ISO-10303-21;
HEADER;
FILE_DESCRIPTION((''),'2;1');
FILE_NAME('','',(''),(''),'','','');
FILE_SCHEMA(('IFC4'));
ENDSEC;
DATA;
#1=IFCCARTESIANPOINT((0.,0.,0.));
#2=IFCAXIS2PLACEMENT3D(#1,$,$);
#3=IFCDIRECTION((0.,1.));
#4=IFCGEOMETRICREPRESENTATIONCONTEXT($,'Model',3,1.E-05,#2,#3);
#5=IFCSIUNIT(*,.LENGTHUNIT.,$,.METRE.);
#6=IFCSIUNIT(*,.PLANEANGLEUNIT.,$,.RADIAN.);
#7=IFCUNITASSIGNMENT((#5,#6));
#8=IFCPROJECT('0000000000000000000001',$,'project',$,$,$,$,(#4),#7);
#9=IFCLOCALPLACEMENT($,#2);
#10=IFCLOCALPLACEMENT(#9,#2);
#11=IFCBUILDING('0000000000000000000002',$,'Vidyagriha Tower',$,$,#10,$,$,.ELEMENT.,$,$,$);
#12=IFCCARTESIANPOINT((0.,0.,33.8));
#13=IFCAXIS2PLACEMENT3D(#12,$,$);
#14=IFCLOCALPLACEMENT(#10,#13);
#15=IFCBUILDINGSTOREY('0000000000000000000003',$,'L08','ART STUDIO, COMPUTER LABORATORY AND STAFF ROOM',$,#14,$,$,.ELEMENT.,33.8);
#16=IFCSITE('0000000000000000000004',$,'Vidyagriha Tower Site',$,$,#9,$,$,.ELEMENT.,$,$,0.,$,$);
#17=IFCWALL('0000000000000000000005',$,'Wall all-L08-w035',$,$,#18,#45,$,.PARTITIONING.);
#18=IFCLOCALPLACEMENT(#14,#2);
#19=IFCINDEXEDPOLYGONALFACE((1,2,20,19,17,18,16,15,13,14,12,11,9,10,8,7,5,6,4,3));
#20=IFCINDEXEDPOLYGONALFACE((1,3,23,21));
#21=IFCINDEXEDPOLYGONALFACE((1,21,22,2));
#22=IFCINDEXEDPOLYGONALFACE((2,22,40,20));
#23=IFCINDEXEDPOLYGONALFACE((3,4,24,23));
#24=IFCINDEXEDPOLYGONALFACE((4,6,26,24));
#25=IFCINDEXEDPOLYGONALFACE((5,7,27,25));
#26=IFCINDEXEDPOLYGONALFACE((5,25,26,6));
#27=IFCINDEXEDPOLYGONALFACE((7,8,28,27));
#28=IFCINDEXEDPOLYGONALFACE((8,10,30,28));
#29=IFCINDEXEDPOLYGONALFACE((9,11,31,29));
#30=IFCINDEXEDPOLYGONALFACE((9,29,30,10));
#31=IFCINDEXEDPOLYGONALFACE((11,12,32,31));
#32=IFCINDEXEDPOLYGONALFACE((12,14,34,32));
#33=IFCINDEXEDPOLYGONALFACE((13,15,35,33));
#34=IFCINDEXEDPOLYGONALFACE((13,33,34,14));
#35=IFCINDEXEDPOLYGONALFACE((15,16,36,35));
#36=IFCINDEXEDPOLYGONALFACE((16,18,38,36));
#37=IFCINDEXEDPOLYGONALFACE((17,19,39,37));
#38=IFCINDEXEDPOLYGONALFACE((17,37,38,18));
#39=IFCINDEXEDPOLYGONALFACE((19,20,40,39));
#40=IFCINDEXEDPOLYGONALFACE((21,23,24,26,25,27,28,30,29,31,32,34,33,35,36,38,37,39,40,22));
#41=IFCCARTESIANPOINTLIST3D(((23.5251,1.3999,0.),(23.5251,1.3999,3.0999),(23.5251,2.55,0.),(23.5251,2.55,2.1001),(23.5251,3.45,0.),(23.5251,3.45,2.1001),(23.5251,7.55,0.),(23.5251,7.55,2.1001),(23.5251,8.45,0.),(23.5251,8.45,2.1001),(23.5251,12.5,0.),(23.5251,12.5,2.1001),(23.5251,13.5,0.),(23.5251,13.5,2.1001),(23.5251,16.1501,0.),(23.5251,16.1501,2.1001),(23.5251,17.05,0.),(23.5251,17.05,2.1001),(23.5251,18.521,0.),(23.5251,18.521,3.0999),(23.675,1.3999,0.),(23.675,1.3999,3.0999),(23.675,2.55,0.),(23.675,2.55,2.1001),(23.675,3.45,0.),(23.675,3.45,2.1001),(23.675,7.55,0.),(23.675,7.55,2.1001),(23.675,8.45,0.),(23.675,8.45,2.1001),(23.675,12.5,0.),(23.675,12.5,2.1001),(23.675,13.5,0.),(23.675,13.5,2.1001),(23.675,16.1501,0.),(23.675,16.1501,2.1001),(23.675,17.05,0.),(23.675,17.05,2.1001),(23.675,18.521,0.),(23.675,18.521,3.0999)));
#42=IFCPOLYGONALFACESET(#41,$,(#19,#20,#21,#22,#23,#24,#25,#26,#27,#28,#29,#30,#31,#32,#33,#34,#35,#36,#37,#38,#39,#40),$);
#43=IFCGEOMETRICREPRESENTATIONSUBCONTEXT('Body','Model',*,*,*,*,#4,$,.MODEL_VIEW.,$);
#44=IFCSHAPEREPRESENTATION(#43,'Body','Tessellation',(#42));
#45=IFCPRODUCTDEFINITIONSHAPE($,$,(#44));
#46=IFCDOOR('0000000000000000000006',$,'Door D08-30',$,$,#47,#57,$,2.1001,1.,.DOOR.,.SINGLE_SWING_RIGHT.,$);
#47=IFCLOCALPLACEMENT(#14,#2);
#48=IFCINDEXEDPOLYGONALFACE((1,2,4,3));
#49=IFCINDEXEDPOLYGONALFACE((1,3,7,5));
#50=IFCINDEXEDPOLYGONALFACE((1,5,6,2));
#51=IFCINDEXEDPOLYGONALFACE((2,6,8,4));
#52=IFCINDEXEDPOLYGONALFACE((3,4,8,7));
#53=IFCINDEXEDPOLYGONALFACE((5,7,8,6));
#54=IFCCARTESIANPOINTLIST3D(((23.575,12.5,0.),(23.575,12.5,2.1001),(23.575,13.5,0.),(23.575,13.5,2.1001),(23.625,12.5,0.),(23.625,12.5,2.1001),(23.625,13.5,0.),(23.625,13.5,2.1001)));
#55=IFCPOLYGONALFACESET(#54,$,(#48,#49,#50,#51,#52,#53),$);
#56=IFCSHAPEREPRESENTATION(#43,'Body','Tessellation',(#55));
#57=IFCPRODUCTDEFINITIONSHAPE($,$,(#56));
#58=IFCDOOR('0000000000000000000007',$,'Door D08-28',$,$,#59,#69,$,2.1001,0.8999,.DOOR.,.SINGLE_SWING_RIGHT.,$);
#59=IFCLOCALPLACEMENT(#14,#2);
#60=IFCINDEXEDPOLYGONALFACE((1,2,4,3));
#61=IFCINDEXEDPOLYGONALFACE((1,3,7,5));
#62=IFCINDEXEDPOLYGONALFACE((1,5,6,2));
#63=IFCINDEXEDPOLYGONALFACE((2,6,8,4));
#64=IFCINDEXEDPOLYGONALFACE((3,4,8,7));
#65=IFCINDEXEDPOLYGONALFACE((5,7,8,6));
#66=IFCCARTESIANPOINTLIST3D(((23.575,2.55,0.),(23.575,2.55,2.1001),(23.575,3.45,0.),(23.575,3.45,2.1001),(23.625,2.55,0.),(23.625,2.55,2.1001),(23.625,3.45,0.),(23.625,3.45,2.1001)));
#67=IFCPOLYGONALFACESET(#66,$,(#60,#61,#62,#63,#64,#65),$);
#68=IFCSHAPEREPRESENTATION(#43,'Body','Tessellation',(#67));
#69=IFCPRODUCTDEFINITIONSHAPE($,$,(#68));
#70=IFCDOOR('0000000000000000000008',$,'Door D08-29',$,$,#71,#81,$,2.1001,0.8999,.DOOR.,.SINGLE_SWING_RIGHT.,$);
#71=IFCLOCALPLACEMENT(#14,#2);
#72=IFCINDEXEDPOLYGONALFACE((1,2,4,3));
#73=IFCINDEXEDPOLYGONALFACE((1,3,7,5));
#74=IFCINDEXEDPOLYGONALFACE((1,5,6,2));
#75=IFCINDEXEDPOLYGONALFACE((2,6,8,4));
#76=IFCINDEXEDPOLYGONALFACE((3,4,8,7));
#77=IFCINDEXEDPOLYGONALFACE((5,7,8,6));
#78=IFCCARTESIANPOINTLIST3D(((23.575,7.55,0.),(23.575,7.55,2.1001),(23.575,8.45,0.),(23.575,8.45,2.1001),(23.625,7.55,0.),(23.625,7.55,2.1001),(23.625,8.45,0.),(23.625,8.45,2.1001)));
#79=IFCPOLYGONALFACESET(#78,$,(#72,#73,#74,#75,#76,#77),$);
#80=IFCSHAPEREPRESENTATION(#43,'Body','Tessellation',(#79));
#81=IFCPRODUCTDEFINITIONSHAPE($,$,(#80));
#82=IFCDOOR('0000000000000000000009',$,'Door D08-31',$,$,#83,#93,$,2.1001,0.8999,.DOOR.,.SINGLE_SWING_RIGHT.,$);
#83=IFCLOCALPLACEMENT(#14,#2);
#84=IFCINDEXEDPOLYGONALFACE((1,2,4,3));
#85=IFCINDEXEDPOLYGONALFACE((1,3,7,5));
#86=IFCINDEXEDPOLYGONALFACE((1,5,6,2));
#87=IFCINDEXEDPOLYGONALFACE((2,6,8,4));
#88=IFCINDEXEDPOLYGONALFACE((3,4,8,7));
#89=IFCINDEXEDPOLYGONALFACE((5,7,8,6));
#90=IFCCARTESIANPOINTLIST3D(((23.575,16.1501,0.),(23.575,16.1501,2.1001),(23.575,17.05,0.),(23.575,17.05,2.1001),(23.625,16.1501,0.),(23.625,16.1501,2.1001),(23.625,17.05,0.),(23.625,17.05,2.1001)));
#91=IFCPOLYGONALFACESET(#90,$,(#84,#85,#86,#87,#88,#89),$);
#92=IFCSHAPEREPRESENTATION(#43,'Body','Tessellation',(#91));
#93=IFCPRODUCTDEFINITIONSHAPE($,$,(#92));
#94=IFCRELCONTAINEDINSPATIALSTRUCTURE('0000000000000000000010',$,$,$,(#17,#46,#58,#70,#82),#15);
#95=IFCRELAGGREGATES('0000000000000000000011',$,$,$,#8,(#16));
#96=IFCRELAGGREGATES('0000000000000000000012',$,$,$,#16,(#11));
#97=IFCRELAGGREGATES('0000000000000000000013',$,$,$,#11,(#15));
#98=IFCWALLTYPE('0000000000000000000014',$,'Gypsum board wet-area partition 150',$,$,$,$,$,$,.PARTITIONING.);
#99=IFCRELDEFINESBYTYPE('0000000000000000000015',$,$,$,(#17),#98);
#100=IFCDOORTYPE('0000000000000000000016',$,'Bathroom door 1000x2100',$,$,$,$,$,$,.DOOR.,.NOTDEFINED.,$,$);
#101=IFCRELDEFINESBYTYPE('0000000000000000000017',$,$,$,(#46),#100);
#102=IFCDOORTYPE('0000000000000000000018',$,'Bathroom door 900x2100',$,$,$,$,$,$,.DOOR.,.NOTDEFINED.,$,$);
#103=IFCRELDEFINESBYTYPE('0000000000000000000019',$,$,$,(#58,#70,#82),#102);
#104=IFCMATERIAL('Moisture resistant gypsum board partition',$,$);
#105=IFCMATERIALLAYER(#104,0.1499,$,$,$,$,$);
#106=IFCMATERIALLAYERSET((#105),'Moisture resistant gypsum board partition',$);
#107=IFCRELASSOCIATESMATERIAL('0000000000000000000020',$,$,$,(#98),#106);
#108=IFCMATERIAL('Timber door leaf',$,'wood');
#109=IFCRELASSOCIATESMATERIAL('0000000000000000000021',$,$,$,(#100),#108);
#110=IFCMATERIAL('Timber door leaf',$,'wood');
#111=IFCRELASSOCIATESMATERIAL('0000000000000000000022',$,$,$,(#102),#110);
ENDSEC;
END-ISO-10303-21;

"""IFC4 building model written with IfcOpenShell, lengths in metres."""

from ifc_helpers import new_model, si_unit, direction, frame, frame_2d, origin, place, context, subcontext, project, spatial, rectangle, extrude, material, layer, layer_set, type_object, element, fill, save


model = new_model("IFC4")

# Units and contexts
model_context = context("Model", 3, precision=1e-05, world=origin(), true_north=direction((0.0, 1.0)))
body_context = subcontext(model_context, "Body", "Model", "MODEL_VIEW")
ifc_project = project(units=[si_unit("LENGTHUNIT", "METRE"), si_unit("PLANEANGLEUNIT", "RADIAN")], contexts=[model_context])

# Site, building, storey
site_placement = place(None, origin())
site = spatial("IfcSite", under=ifc_project, at=site_placement, Name="Vidyagriha Tower Site", CompositionType="ELEMENT", RefElevation=0.0)
building_placement = place(site_placement, origin())
building = spatial("IfcBuilding", under=site, at=building_placement, Name="Vidyagriha Tower", CompositionType="ELEMENT")
storey_placement = place(building_placement, frame((0.0, 0.0, 33.8)))
storey = spatial("IfcBuildingStorey", under=building, at=storey_placement, Name="L08", Description="ART STUDIO, COMPUTER LABORATORY AND STAFF ROOM", CompositionType="ELEMENT", Elevation=33.8)

# Wall, openings, doors
ifc_material_1 = material(Name="Moisture resistant gypsum board partition")
ifc_layer_1 = layer(ifc_material_1, 0.1499)
ifc_layer_set_1 = layer_set([ifc_layer_1], Name="Moisture resistant gypsum board partition")
wall_type_1 = type_object("IfcWallType", Name="Gypsum board wet-area partition 150", PredefinedType="PARTITIONING", material=ifc_layer_set_1)
wall_1_placement = place(storey_placement, frame((23.6001, 18.521, 0.0), z_axis=(0.0, 0.0, 1.0), x_axis=(0.0, -1.0, 0.0)))
wall_1 = element("IfcWall", 1, at=wall_1_placement, inside=storey, type_object=wall_type_1, Name="Wall all-L08-w035", PredefinedType="PARTITIONING", context=body_context, shape_type="SweptSolid", body=[
    extrude(rectangle(XDim=17.1211, YDim=0.1499, at=frame_2d((8.5605, 0.0))), origin(), (0.0, 0.0, 1.0), 3.0999),
])
opening_1_placement = place(wall_1_placement, frame((15.071, 0.0, 0.0)))
opening_1 = element("IfcOpeningElement", 2, at=opening_1_placement, cuts=wall_1, PredefinedType="OPENING", context=body_context, shape_type="SweptSolid", body=[
    extrude(rectangle(XDim=0.8999, YDim=2.1001, at=frame_2d((0.45, 1.05))), frame((0.0, 0.085, 0.0), z_axis=(0.0, -1.0, 0.0), x_axis=(1.0, 0.0, 0.0)), (0.0, 0.0, 1.0), 0.1699),
])
opening_2_placement = place(wall_1_placement, frame((10.071, 0.0, 0.0)))
opening_2 = element("IfcOpeningElement", 3, at=opening_2_placement, cuts=wall_1, PredefinedType="OPENING", context=body_context, shape_type="SweptSolid", body=[
    extrude(rectangle(XDim=0.8999, YDim=2.1001, at=frame_2d((0.45, 1.05))), frame((0.0, 0.085, 0.0), z_axis=(0.0, -1.0, 0.0), x_axis=(1.0, 0.0, 0.0)), (0.0, 0.0, 1.0), 0.1699),
])
opening_3_placement = place(wall_1_placement, frame((5.021, 0.0, 0.0)))
opening_3 = element("IfcOpeningElement", 4, at=opening_3_placement, cuts=wall_1, PredefinedType="OPENING", context=body_context, shape_type="SweptSolid", body=[
    extrude(rectangle(XDim=1.0, YDim=2.1001, at=frame_2d((0.5, 1.05))), frame((0.0, 0.085, 0.0), z_axis=(0.0, -1.0, 0.0), x_axis=(1.0, 0.0, 0.0)), (0.0, 0.0, 1.0), 0.1699),
])
opening_4_placement = place(wall_1_placement, frame((1.4709, 0.0, 0.0)))
opening_4 = element("IfcOpeningElement", 5, at=opening_4_placement, cuts=wall_1, PredefinedType="OPENING", context=body_context, shape_type="SweptSolid", body=[
    extrude(rectangle(XDim=0.8999, YDim=2.1001, at=frame_2d((0.45, 1.05))), frame((0.0, 0.085, 0.0), z_axis=(0.0, -1.0, 0.0), x_axis=(1.0, 0.0, 0.0)), (0.0, 0.0, 1.0), 0.1699),
])
ifc_material_2 = material(Name="Timber door leaf", Category="wood")
door_type_1 = type_object("IfcDoorType", Name="Bathroom door 1000x2100", OperationType="NOTDEFINED", PredefinedType="DOOR", material=ifc_material_2)
door_1_placement = place(opening_3_placement, origin())
door_1 = element("IfcDoor", 6, at=door_1_placement, inside=storey, type_object=door_type_1, Name="Door D08-30", OperationType="SINGLE_SWING_RIGHT", OverallHeight=2.1001, OverallWidth=1.0, PredefinedType="DOOR", context=body_context, shape_type="SweptSolid", body=[
    extrude(rectangle(XDim=1.0, YDim=2.1001, at=frame_2d((0.5, 1.05))), frame((0.0, 0.0249, 0.0), z_axis=(0.0, -1.0, 0.0), x_axis=(1.0, 0.0, 0.0)), (0.0, 0.0, 1.0), 0.05),
])
fill(opening_3, door_1)
ifc_material_3 = material(Name="Timber door leaf", Category="wood")
door_type_2 = type_object("IfcDoorType", Name="Bathroom door 900x2100", OperationType="NOTDEFINED", PredefinedType="DOOR", material=ifc_material_3)
door_2_placement = place(opening_1_placement, origin())
door_2 = element("IfcDoor", 7, at=door_2_placement, inside=storey, type_object=door_type_2, Name="Door D08-28", OperationType="SINGLE_SWING_RIGHT", OverallHeight=2.1001, OverallWidth=0.8999, PredefinedType="DOOR", context=body_context, shape_type="SweptSolid", body=[
    extrude(rectangle(XDim=0.8999, YDim=2.1001, at=frame_2d((0.45, 1.05))), frame((0.0, 0.0249, 0.0), z_axis=(0.0, -1.0, 0.0), x_axis=(1.0, 0.0, 0.0)), (0.0, 0.0, 1.0), 0.05),
])
fill(opening_1, door_2)
door_3_placement = place(opening_2_placement, origin())
door_3 = element("IfcDoor", 8, at=door_3_placement, inside=storey, type_object=door_type_2, Name="Door D08-29", OperationType="SINGLE_SWING_RIGHT", OverallHeight=2.1001, OverallWidth=0.8999, PredefinedType="DOOR", context=body_context, shape_type="SweptSolid", body=[
    extrude(rectangle(XDim=0.8999, YDim=2.1001, at=frame_2d((0.45, 1.05))), frame((0.0, 0.0249, 0.0), z_axis=(0.0, -1.0, 0.0), x_axis=(1.0, 0.0, 0.0)), (0.0, 0.0, 1.0), 0.05),
])
fill(opening_2, door_3)
door_4_placement = place(opening_4_placement, origin())
door_4 = element("IfcDoor", 9, at=door_4_placement, inside=storey, type_object=door_type_2, Name="Door D08-31", OperationType="SINGLE_SWING_RIGHT", OverallHeight=2.1001, OverallWidth=0.8999, PredefinedType="DOOR", context=body_context, shape_type="SweptSolid", body=[
    extrude(rectangle(XDim=0.8999, YDim=2.1001, at=frame_2d((0.45, 1.05))), frame((0.0, 0.0249, 0.0), z_axis=(0.0, -1.0, 0.0), x_axis=(1.0, 0.0, 0.0)), (0.0, 0.0, 1.0), 0.05),
])
fill(opening_4, door_4)

save(model, "model.ifc")
